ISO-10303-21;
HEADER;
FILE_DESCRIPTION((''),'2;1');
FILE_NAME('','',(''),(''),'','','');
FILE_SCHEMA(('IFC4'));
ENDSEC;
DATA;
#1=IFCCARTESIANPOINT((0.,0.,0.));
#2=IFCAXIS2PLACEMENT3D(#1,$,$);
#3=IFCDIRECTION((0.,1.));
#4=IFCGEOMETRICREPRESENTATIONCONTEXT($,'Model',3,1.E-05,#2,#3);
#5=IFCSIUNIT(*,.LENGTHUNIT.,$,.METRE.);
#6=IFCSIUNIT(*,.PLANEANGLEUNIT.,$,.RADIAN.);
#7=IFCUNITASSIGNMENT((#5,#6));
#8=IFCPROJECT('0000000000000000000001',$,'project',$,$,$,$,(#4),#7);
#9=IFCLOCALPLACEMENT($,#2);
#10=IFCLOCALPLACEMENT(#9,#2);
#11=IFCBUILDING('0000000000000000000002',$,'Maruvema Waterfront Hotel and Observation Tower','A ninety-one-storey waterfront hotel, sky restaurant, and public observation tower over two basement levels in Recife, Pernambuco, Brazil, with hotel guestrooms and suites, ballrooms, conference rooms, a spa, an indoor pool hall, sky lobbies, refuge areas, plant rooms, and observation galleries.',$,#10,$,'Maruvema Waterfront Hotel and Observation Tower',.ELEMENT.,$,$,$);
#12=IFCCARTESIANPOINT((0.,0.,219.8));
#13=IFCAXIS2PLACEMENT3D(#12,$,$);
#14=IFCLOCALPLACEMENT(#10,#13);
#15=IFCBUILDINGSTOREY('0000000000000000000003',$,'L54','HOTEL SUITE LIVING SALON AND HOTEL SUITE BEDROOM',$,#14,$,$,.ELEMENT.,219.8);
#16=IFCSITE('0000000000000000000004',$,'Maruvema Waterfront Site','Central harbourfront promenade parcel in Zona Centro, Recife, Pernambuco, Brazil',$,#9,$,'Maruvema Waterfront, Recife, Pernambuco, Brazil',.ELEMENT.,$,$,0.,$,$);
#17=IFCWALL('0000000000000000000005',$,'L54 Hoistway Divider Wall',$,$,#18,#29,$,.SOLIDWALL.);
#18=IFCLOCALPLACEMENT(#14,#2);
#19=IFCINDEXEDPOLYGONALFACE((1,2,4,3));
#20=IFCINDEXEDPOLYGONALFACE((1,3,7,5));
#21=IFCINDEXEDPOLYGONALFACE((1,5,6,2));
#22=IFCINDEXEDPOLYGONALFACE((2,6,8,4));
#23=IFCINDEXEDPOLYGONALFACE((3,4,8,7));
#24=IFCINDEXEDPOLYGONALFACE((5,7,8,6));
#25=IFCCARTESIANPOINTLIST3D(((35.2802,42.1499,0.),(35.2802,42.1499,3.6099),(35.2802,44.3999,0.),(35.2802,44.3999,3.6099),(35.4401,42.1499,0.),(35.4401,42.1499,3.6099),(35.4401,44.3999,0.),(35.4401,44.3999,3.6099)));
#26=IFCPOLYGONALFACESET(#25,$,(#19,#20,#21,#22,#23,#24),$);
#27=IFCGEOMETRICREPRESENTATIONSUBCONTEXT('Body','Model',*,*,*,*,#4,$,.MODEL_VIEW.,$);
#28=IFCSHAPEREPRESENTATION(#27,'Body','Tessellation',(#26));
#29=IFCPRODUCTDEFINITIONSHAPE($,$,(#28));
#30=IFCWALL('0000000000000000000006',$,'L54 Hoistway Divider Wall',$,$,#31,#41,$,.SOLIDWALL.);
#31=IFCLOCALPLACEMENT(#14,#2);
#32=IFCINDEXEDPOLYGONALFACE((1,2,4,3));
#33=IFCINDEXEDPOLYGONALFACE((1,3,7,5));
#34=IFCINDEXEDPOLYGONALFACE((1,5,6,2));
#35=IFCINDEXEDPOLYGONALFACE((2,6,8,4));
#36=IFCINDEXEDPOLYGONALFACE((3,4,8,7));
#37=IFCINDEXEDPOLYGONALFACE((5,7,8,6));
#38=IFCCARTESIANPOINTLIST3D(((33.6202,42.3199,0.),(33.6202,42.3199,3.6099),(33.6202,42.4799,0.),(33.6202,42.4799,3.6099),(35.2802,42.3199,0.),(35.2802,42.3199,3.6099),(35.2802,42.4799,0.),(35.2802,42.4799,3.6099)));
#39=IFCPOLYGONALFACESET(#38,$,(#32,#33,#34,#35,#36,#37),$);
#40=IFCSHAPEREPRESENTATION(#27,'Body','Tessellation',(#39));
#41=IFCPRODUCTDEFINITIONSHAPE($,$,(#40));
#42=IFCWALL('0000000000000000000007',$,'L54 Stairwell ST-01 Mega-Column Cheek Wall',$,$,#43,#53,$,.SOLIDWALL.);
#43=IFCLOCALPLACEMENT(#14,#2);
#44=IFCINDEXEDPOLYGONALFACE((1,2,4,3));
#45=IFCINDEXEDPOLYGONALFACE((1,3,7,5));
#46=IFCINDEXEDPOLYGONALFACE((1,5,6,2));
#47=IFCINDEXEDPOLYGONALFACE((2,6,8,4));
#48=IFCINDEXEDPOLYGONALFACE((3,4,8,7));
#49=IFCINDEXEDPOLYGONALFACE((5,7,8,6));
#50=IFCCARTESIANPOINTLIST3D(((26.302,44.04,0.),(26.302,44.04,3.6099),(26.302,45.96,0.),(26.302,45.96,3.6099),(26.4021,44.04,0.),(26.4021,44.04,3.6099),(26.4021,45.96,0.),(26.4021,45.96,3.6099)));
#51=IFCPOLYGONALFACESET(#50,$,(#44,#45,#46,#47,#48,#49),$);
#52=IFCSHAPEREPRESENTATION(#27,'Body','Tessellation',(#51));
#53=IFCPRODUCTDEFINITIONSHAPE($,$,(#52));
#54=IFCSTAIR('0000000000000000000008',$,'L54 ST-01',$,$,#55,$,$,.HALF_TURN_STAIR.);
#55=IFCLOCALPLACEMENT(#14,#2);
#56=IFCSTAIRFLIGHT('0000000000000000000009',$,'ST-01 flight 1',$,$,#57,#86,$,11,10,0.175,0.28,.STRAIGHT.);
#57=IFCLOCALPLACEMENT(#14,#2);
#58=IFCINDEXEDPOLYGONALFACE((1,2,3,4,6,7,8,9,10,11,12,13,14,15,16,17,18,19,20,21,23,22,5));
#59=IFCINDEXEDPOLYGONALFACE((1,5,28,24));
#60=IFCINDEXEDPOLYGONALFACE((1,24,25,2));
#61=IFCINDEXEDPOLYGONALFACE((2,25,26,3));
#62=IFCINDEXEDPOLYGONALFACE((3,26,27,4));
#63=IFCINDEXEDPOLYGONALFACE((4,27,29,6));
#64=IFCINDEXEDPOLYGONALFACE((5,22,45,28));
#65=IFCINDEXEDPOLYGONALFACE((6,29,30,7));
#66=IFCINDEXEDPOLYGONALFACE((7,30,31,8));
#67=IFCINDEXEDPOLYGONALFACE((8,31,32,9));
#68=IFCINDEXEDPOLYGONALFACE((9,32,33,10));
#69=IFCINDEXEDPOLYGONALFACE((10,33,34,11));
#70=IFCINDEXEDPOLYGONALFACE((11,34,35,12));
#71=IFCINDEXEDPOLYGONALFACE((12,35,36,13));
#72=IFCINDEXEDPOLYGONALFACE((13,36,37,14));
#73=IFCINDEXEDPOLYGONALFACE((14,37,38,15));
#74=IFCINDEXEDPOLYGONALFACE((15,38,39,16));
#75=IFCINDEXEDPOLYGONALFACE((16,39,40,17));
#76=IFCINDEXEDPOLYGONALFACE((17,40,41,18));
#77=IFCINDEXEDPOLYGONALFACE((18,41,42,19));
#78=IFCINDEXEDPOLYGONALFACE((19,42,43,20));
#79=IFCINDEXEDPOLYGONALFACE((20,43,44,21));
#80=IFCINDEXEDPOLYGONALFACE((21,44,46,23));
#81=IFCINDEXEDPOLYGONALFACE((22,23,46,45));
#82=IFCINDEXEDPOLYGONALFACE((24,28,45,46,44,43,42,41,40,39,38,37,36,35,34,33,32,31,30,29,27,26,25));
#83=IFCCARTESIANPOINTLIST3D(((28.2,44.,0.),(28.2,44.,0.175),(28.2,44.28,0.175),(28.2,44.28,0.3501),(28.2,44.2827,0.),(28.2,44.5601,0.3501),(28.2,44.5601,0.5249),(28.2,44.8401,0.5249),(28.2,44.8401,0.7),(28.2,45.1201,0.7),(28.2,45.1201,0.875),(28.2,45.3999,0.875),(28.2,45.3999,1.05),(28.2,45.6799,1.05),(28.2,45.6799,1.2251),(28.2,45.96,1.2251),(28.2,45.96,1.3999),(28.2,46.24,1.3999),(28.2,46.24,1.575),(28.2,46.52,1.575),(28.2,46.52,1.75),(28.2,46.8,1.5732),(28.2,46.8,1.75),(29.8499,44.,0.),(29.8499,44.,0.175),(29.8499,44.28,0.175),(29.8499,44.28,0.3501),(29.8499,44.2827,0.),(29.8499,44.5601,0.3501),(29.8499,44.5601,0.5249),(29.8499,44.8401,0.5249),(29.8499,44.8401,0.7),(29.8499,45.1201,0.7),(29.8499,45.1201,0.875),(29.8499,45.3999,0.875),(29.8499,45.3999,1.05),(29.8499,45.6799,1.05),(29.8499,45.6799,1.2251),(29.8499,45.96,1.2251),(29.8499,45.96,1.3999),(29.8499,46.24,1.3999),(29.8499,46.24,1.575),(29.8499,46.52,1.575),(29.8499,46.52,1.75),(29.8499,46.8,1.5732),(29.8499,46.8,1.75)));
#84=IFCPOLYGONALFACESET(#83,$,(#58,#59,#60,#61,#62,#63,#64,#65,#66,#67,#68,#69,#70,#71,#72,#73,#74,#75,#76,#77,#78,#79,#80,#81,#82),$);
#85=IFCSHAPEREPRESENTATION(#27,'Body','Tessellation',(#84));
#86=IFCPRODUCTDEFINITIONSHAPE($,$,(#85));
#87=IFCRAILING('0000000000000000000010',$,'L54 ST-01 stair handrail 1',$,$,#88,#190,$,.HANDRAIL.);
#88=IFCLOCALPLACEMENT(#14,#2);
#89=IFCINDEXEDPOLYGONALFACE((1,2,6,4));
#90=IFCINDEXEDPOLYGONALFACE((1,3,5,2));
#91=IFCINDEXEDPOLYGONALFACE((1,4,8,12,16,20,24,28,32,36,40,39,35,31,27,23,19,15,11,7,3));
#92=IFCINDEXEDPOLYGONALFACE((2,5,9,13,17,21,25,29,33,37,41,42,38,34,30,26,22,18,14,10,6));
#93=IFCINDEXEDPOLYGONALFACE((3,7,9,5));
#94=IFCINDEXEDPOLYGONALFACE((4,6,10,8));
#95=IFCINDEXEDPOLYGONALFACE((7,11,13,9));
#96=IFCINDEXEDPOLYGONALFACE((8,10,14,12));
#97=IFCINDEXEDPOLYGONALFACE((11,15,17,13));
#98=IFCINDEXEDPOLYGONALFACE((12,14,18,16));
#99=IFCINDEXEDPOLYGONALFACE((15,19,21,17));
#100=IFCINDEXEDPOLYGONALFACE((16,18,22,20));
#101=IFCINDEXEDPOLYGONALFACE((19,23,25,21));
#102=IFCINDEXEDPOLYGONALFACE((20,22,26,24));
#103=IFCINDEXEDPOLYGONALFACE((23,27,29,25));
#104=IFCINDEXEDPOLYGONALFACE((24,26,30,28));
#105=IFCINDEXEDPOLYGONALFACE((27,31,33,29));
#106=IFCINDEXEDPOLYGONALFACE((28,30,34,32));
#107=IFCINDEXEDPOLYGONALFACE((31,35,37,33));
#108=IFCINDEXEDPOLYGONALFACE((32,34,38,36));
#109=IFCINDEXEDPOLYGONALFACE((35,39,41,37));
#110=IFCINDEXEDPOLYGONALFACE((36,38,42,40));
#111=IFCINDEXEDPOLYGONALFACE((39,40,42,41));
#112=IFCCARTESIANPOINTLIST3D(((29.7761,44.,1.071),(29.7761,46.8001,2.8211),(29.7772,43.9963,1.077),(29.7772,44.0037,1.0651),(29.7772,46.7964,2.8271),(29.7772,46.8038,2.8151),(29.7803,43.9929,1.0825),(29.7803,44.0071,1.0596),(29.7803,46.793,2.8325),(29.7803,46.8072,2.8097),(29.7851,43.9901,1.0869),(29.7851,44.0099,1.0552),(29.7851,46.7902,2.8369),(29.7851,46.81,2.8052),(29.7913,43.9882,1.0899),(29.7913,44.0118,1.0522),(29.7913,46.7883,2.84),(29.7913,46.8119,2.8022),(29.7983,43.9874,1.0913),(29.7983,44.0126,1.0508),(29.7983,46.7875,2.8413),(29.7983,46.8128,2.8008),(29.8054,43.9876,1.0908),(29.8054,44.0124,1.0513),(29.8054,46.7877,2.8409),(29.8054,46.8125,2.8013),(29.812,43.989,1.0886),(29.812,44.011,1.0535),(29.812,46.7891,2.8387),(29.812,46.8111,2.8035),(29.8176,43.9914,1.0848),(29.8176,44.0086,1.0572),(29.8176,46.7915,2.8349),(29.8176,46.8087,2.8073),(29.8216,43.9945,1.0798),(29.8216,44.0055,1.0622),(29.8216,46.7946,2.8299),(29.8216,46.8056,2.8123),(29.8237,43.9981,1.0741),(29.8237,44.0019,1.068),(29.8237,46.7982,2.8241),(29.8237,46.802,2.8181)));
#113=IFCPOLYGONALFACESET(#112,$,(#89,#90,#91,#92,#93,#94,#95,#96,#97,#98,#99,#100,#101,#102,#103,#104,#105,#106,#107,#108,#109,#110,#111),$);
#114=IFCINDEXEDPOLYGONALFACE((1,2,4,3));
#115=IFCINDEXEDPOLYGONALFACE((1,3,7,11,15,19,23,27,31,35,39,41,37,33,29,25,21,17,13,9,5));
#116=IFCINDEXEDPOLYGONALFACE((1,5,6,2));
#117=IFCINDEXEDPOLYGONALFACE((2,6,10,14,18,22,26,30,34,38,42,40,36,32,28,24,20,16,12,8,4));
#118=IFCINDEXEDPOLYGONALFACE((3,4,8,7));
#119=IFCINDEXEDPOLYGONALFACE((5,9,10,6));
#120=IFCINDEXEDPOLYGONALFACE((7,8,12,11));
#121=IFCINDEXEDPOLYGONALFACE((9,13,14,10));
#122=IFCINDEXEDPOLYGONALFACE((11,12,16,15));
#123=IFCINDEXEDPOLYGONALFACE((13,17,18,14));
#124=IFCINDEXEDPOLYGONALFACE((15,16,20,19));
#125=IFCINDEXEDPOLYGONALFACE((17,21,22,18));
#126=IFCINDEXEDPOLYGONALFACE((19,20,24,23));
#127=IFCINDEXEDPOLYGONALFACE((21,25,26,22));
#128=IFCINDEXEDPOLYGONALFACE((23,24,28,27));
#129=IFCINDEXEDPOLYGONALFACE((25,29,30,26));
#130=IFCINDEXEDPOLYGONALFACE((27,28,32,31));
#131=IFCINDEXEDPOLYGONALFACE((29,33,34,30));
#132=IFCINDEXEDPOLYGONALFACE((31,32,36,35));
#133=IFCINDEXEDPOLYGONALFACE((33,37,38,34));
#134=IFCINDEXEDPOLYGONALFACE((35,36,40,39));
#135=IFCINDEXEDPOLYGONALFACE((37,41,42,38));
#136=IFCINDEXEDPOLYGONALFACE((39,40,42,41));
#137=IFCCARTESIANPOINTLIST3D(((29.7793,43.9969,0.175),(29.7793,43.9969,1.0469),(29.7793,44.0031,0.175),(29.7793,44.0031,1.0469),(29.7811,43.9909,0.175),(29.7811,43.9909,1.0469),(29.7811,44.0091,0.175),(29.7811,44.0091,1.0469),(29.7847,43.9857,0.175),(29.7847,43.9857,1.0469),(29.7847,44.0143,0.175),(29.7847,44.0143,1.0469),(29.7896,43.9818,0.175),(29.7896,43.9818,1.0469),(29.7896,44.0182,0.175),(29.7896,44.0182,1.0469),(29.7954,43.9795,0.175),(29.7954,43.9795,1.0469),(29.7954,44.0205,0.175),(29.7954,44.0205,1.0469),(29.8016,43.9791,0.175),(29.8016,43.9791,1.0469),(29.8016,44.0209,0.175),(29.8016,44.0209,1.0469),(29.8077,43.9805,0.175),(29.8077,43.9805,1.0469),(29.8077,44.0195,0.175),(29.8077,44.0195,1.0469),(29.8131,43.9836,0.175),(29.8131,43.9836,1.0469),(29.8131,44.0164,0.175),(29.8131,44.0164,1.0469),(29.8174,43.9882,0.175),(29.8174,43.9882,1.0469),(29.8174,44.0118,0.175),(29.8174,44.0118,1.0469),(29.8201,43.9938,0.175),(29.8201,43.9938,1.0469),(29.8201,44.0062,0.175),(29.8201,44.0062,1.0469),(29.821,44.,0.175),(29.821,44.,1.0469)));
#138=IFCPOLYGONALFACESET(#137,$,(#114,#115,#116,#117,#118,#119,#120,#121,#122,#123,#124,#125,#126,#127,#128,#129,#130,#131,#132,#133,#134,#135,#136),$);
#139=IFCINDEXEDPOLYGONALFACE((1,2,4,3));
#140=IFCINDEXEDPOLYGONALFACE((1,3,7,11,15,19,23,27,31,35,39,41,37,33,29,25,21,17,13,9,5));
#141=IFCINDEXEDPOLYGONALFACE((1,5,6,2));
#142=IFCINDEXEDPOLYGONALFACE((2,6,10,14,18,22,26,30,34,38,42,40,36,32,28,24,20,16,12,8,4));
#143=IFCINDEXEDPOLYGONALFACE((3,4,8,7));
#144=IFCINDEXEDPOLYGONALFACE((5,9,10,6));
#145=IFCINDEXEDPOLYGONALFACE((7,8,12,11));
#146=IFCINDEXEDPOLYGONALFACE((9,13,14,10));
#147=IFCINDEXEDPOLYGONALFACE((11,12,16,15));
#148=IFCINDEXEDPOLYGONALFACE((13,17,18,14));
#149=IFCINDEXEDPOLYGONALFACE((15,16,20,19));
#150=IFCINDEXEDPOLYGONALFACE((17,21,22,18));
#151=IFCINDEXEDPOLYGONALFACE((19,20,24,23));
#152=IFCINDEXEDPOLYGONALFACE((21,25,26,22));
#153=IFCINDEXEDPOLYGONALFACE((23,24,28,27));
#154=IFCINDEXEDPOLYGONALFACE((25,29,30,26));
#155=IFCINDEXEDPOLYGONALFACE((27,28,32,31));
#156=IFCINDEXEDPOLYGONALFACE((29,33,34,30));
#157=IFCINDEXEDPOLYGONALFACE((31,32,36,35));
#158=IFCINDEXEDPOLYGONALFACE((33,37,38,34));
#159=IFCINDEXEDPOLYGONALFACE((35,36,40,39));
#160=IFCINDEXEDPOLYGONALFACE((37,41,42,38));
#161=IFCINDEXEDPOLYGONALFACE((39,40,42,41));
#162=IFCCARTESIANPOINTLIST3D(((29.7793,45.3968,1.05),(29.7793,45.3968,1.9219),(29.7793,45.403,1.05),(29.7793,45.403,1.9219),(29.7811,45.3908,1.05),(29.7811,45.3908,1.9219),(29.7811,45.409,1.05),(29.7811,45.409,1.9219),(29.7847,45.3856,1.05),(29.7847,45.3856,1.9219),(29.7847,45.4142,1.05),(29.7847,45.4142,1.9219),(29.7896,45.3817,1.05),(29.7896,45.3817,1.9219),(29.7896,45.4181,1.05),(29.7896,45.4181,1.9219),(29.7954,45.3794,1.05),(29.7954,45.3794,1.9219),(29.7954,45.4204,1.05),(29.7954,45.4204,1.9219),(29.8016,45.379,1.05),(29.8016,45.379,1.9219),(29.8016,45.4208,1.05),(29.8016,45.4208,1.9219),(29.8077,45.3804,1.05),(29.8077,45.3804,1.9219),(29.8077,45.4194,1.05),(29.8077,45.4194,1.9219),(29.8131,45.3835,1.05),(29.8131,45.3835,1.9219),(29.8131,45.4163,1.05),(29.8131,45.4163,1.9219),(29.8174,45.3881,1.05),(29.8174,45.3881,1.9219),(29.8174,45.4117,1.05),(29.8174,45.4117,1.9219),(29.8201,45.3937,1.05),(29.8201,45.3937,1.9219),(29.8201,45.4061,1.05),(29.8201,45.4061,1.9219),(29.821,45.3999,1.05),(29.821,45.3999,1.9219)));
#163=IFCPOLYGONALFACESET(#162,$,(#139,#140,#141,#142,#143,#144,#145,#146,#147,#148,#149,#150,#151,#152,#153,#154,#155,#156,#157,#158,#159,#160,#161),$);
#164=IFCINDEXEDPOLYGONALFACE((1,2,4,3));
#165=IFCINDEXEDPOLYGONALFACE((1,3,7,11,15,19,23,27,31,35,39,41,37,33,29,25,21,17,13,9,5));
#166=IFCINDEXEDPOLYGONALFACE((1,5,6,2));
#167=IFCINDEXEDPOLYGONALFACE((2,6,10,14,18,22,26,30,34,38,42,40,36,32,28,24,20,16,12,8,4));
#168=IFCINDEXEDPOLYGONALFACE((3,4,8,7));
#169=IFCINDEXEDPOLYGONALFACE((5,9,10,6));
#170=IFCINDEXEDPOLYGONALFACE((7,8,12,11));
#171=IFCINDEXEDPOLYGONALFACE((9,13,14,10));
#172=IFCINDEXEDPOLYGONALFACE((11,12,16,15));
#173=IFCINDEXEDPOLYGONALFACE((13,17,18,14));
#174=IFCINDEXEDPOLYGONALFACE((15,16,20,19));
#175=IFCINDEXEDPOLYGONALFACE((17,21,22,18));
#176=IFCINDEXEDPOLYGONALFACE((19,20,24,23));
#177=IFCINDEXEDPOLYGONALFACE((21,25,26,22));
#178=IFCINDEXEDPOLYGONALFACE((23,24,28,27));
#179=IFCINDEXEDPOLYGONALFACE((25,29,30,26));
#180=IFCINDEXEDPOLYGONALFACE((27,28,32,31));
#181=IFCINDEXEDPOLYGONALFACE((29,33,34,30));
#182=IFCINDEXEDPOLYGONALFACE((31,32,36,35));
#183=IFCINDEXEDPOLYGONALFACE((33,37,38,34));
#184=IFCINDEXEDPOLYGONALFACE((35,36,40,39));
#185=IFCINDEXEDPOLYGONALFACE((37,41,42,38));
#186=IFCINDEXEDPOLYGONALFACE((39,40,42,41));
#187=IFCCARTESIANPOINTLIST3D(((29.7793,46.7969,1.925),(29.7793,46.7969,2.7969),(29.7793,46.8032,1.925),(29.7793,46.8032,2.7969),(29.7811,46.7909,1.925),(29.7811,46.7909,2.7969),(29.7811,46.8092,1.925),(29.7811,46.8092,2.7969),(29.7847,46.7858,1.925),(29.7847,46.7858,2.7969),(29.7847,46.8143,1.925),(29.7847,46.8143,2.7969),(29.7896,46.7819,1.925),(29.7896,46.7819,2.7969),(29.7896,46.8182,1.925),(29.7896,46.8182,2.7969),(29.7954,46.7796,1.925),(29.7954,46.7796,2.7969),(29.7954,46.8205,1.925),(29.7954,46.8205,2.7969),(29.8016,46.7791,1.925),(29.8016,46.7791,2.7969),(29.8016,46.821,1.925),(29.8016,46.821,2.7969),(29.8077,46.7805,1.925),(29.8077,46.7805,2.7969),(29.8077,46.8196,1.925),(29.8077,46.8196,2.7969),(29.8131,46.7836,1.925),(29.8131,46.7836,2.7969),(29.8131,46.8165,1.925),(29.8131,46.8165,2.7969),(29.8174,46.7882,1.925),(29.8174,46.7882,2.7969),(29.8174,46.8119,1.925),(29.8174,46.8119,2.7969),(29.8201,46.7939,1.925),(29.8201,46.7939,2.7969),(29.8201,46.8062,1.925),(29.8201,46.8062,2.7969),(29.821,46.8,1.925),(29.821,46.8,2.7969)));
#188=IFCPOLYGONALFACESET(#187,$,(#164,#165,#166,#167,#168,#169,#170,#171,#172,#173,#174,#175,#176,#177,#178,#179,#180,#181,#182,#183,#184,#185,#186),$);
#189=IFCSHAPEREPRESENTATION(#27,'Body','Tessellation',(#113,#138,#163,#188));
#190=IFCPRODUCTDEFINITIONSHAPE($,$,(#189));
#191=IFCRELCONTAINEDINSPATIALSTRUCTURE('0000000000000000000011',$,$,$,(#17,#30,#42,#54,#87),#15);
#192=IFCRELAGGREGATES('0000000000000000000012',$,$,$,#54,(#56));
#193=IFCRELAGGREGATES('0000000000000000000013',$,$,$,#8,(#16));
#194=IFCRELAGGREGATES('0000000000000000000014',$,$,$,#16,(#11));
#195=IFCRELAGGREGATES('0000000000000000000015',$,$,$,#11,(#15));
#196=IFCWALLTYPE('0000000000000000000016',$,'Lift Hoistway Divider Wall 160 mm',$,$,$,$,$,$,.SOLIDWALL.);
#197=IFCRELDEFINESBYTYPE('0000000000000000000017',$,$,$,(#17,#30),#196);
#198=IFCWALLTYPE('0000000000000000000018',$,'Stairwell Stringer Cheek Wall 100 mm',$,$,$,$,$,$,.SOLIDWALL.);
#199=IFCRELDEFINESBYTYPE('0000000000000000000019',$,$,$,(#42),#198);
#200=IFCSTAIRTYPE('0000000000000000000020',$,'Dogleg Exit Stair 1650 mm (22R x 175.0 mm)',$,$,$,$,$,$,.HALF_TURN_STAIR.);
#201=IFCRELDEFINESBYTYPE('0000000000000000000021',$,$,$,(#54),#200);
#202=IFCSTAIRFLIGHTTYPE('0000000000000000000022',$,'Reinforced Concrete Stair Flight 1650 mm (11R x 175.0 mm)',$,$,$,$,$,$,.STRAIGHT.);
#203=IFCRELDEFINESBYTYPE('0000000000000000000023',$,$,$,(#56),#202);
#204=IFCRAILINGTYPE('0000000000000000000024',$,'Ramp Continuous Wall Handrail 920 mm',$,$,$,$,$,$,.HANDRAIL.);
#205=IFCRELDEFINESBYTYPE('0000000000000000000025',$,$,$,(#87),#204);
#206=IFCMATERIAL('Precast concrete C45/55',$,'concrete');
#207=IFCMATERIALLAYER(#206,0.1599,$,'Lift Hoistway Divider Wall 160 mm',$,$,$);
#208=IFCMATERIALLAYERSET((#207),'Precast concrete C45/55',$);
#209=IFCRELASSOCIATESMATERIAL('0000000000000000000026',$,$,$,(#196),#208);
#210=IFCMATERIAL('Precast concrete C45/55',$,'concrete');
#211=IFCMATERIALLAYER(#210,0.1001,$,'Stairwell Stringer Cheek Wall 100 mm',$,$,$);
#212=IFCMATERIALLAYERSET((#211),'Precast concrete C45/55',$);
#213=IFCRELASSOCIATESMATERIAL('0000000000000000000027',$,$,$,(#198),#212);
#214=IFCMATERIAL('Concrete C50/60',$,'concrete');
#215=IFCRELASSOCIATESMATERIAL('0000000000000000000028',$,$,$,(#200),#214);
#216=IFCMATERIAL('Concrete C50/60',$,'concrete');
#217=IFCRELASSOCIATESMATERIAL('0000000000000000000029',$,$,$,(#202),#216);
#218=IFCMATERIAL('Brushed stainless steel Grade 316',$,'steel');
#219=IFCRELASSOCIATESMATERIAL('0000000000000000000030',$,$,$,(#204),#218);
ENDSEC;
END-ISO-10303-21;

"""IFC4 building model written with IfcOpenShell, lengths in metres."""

from ifc_helpers import new_model, si_unit, direction, frame, frame_2d, origin, origin_2d, place, context, subcontext, project, spatial, polyline, rectangle, circle, outline, extrude, material, layer, layer_set, type_object, element, aggregate, save


model = new_model("IFC4")

# Units and contexts
model_context = context("Model", 3, precision=1e-05, world=origin(), true_north=direction((0.0, 1.0)))
body_context = subcontext(model_context, "Body", "Model", "MODEL_VIEW")
ifc_project = project(units=[si_unit("LENGTHUNIT", "METRE"), si_unit("PLANEANGLEUNIT", "RADIAN")], contexts=[model_context])

# Site, building, storey
site_placement = place(None, origin())
site = spatial("IfcSite", under=ifc_project, at=site_placement, Name="Maruvema Waterfront Site", Description="Central harbourfront promenade parcel in Zona Centro, Recife, Pernambuco, Brazil", LongName="Maruvema Waterfront, Recife, Pernambuco, Brazil", CompositionType="ELEMENT", RefElevation=0.0)
building_placement = place(site_placement, origin())
building = spatial("IfcBuilding", under=site, at=building_placement, Name="Maruvema Waterfront Hotel and Observation Tower", Description="A ninety-one-storey waterfront hotel, sky restaurant, and public observation tower over two basement levels in Recife, Pernambuco, Brazil, with hotel guestrooms and suites, ballrooms, conference rooms, a spa, an indoor pool hall, sky lobbies, refuge areas, plant rooms, and observation galleries.", LongName="Maruvema Waterfront Hotel and Observation Tower", CompositionType="ELEMENT")
storey_placement = place(building_placement, frame((0.0, 0.0, 219.8)))
storey = spatial("IfcBuildingStorey", under=building, at=storey_placement, Name="L54", Description="HOTEL SUITE LIVING SALON AND HOTEL SUITE BEDROOM", CompositionType="ELEMENT", Elevation=219.8)

# Walls
ifc_material_1 = material(Name="Precast concrete C45/55", Category="concrete")
ifc_layer_1 = layer(ifc_material_1, 0.1599, Name="Lift Hoistway Divider Wall 160 mm")
ifc_layer_set_1 = layer_set([ifc_layer_1], Name="Precast concrete C45/55")
wall_type_1 = type_object("IfcWallType", Name="Lift Hoistway Divider Wall 160 mm", PredefinedType="SOLIDWALL", material=ifc_layer_set_1)
for number, where, z_axis, x_axis, name in (
    (1, (35.3601, 42.1499, 0.0), (0.0, 0.0, 1.0), (0.0, 1.0, 0.0), "L54 Hoistway Divider Wall"),
):
    element("IfcWall", number, at=place(storey_placement, frame(where, z_axis=z_axis, x_axis=x_axis)), inside=storey, type_object=wall_type_1, Name=name, PredefinedType="SOLIDWALL", context=body_context, shape_type="SweptSolid", body=[
        extrude(rectangle(XDim=2.25, YDim=0.1599, at=frame_2d((1.125, 0.0))), origin(), (0.0, 0.0, 1.0), 3.6099),
    ])
wall_1_placement = place(storey_placement, frame((33.6201, 42.3999, 0.0), z_axis=(0.0, 0.0, 1.0), x_axis=(1.0, 0.0, 0.0)))
element("IfcWall", 2, at=wall_1_placement, inside=storey, type_object=wall_type_1, Name="L54 Hoistway Divider Wall", PredefinedType="SOLIDWALL", context=body_context, shape_type="SweptSolid", body=[
    extrude(rectangle(XDim=1.6599, YDim=0.1599, at=frame_2d((0.8301, 0.0))), origin(), (0.0, 0.0, 1.0), 3.6099),
])
ifc_material_2 = material(Name="Precast concrete C45/55", Category="concrete")
ifc_layer_2 = layer(ifc_material_2, 0.1001, Name="Stairwell Stringer Cheek Wall 100 mm")
ifc_layer_set_2 = layer_set([ifc_layer_2], Name="Precast concrete C45/55")
wall_type_2 = type_object("IfcWallType", Name="Stairwell Stringer Cheek Wall 100 mm", PredefinedType="SOLIDWALL", material=ifc_layer_set_2)
wall_2_placement = place(storey_placement, frame((26.3521, 44.04, 0.0), z_axis=(0.0, 0.0, 1.0), x_axis=(0.0, 1.0, 0.0)))
element("IfcWall", 3, at=wall_2_placement, inside=storey, type_object=wall_type_2, Name="L54 Stairwell ST-01 Mega-Column Cheek Wall", PredefinedType="SOLIDWALL", context=body_context, shape_type="SweptSolid", body=[
    extrude(rectangle(XDim=1.9199, YDim=0.1001, at=frame_2d((0.96, 0.0))), origin(), (0.0, 0.0, 1.0), 3.6099),
])

# Stair, stair flight
ifc_material_3 = material(Name="Concrete C50/60", Category="concrete")
stair_type = type_object("IfcStairType", Name="Dogleg Exit Stair 1650 mm (22R x 175.0 mm)", PredefinedType="HALF_TURN_STAIR", material=ifc_material_3)
stair_placement = place(storey_placement, origin())
stair = element("IfcStair", 4, at=stair_placement, inside=storey, type_object=stair_type, Name="L54 ST-01", PredefinedType="HALF_TURN_STAIR")
ifc_material_4 = material(Name="Concrete C50/60", Category="concrete")
stair_flight_type = type_object("IfcStairFlightType", Name="Reinforced Concrete Stair Flight 1650 mm (11R x 175.0 mm)", PredefinedType="STRAIGHT", material=ifc_material_4)
stair_flight_placement = place(storey_placement, frame((29.0249, 44.0, 0.0), z_axis=(0.0, 0.0, 1.0), x_axis=(0.0, 1.0, 0.0)))
stair_flight = element("IfcStairFlight", 5, at=stair_flight_placement, type_object=stair_flight_type, Name="ST-01 flight 1", NumberOfRisers=11, NumberOfTreads=10, PredefinedType="STRAIGHT", RiserHeight=0.175, TreadLength=0.28, context=body_context, shape_type="SweptSolid", body=[
    extrude(outline(polyline([(0.0, 0.0), (0.0, 0.175), (0.28, 0.175), (0.28, 0.3501), (0.5601, 0.3501), (0.5601, 0.5249), (0.8401, 0.5249), (0.8401, 0.7), (1.1201, 0.7), (1.1201, 0.875), (1.3999, 0.875), (1.3999, 1.05), (1.6799, 1.05), (1.6799, 1.2251), (1.96, 1.2251), (1.96, 1.3999), (2.24, 1.3999), (2.24, 1.575), (2.52, 1.575), (2.52, 1.75), (2.8, 1.75), (2.8, 1.925), (2.8, 1.5732), (0.2827, 0.0), (0.0, 0.0)])), frame((0.0, 0.825, 0.0), z_axis=(0.0, -1.0, 0.0), x_axis=(1.0, 0.0, 0.0)), (0.0, 0.0, 1.0), 1.6499),
])
aggregate(stair, [stair_flight])

# Railing
ifc_material_5 = material(Name="Brushed stainless steel Grade 316", Category="steel")
railing_type_1 = type_object("IfcRailingType", Name="Ramp Continuous Wall Handrail 920 mm", PredefinedType="HANDRAIL", material=ifc_material_5)
railing_1_placement = place(storey_placement, frame((29.8, 44.0, 0.175)))
element("IfcRailing", 6, at=railing_1_placement, inside=storey, type_object=railing_type_1, Name="L54 ST-01 stair handrail 1", PredefinedType="HANDRAIL", context=body_context, shape_type="SweptSolid", body=[
    extrude(circle(Radius=0.0239, at=origin_2d()), frame((0.0, 0.0, 0.896), z_axis=(0.0, 0.848002, 0.529992), x_axis=(-1.0, 0.0, 0.0)), (0.0, 0.0, 1.0), 3.302),
    extrude(circle(Radius=0.021, at=origin_2d()), origin(), (0.0, 0.0, 1.0), 0.8718),
    extrude(circle(Radius=0.021, at=origin_2d()), frame((0.0, 1.3999, 0.875)), (0.0, 0.0, 1.0), 0.8718),
    extrude(circle(Radius=0.021, at=origin_2d()), frame((0.0, 2.8, 1.75)), (0.0, 0.0, 1.0), 0.8718),
])

save(model, "model.ifc")
